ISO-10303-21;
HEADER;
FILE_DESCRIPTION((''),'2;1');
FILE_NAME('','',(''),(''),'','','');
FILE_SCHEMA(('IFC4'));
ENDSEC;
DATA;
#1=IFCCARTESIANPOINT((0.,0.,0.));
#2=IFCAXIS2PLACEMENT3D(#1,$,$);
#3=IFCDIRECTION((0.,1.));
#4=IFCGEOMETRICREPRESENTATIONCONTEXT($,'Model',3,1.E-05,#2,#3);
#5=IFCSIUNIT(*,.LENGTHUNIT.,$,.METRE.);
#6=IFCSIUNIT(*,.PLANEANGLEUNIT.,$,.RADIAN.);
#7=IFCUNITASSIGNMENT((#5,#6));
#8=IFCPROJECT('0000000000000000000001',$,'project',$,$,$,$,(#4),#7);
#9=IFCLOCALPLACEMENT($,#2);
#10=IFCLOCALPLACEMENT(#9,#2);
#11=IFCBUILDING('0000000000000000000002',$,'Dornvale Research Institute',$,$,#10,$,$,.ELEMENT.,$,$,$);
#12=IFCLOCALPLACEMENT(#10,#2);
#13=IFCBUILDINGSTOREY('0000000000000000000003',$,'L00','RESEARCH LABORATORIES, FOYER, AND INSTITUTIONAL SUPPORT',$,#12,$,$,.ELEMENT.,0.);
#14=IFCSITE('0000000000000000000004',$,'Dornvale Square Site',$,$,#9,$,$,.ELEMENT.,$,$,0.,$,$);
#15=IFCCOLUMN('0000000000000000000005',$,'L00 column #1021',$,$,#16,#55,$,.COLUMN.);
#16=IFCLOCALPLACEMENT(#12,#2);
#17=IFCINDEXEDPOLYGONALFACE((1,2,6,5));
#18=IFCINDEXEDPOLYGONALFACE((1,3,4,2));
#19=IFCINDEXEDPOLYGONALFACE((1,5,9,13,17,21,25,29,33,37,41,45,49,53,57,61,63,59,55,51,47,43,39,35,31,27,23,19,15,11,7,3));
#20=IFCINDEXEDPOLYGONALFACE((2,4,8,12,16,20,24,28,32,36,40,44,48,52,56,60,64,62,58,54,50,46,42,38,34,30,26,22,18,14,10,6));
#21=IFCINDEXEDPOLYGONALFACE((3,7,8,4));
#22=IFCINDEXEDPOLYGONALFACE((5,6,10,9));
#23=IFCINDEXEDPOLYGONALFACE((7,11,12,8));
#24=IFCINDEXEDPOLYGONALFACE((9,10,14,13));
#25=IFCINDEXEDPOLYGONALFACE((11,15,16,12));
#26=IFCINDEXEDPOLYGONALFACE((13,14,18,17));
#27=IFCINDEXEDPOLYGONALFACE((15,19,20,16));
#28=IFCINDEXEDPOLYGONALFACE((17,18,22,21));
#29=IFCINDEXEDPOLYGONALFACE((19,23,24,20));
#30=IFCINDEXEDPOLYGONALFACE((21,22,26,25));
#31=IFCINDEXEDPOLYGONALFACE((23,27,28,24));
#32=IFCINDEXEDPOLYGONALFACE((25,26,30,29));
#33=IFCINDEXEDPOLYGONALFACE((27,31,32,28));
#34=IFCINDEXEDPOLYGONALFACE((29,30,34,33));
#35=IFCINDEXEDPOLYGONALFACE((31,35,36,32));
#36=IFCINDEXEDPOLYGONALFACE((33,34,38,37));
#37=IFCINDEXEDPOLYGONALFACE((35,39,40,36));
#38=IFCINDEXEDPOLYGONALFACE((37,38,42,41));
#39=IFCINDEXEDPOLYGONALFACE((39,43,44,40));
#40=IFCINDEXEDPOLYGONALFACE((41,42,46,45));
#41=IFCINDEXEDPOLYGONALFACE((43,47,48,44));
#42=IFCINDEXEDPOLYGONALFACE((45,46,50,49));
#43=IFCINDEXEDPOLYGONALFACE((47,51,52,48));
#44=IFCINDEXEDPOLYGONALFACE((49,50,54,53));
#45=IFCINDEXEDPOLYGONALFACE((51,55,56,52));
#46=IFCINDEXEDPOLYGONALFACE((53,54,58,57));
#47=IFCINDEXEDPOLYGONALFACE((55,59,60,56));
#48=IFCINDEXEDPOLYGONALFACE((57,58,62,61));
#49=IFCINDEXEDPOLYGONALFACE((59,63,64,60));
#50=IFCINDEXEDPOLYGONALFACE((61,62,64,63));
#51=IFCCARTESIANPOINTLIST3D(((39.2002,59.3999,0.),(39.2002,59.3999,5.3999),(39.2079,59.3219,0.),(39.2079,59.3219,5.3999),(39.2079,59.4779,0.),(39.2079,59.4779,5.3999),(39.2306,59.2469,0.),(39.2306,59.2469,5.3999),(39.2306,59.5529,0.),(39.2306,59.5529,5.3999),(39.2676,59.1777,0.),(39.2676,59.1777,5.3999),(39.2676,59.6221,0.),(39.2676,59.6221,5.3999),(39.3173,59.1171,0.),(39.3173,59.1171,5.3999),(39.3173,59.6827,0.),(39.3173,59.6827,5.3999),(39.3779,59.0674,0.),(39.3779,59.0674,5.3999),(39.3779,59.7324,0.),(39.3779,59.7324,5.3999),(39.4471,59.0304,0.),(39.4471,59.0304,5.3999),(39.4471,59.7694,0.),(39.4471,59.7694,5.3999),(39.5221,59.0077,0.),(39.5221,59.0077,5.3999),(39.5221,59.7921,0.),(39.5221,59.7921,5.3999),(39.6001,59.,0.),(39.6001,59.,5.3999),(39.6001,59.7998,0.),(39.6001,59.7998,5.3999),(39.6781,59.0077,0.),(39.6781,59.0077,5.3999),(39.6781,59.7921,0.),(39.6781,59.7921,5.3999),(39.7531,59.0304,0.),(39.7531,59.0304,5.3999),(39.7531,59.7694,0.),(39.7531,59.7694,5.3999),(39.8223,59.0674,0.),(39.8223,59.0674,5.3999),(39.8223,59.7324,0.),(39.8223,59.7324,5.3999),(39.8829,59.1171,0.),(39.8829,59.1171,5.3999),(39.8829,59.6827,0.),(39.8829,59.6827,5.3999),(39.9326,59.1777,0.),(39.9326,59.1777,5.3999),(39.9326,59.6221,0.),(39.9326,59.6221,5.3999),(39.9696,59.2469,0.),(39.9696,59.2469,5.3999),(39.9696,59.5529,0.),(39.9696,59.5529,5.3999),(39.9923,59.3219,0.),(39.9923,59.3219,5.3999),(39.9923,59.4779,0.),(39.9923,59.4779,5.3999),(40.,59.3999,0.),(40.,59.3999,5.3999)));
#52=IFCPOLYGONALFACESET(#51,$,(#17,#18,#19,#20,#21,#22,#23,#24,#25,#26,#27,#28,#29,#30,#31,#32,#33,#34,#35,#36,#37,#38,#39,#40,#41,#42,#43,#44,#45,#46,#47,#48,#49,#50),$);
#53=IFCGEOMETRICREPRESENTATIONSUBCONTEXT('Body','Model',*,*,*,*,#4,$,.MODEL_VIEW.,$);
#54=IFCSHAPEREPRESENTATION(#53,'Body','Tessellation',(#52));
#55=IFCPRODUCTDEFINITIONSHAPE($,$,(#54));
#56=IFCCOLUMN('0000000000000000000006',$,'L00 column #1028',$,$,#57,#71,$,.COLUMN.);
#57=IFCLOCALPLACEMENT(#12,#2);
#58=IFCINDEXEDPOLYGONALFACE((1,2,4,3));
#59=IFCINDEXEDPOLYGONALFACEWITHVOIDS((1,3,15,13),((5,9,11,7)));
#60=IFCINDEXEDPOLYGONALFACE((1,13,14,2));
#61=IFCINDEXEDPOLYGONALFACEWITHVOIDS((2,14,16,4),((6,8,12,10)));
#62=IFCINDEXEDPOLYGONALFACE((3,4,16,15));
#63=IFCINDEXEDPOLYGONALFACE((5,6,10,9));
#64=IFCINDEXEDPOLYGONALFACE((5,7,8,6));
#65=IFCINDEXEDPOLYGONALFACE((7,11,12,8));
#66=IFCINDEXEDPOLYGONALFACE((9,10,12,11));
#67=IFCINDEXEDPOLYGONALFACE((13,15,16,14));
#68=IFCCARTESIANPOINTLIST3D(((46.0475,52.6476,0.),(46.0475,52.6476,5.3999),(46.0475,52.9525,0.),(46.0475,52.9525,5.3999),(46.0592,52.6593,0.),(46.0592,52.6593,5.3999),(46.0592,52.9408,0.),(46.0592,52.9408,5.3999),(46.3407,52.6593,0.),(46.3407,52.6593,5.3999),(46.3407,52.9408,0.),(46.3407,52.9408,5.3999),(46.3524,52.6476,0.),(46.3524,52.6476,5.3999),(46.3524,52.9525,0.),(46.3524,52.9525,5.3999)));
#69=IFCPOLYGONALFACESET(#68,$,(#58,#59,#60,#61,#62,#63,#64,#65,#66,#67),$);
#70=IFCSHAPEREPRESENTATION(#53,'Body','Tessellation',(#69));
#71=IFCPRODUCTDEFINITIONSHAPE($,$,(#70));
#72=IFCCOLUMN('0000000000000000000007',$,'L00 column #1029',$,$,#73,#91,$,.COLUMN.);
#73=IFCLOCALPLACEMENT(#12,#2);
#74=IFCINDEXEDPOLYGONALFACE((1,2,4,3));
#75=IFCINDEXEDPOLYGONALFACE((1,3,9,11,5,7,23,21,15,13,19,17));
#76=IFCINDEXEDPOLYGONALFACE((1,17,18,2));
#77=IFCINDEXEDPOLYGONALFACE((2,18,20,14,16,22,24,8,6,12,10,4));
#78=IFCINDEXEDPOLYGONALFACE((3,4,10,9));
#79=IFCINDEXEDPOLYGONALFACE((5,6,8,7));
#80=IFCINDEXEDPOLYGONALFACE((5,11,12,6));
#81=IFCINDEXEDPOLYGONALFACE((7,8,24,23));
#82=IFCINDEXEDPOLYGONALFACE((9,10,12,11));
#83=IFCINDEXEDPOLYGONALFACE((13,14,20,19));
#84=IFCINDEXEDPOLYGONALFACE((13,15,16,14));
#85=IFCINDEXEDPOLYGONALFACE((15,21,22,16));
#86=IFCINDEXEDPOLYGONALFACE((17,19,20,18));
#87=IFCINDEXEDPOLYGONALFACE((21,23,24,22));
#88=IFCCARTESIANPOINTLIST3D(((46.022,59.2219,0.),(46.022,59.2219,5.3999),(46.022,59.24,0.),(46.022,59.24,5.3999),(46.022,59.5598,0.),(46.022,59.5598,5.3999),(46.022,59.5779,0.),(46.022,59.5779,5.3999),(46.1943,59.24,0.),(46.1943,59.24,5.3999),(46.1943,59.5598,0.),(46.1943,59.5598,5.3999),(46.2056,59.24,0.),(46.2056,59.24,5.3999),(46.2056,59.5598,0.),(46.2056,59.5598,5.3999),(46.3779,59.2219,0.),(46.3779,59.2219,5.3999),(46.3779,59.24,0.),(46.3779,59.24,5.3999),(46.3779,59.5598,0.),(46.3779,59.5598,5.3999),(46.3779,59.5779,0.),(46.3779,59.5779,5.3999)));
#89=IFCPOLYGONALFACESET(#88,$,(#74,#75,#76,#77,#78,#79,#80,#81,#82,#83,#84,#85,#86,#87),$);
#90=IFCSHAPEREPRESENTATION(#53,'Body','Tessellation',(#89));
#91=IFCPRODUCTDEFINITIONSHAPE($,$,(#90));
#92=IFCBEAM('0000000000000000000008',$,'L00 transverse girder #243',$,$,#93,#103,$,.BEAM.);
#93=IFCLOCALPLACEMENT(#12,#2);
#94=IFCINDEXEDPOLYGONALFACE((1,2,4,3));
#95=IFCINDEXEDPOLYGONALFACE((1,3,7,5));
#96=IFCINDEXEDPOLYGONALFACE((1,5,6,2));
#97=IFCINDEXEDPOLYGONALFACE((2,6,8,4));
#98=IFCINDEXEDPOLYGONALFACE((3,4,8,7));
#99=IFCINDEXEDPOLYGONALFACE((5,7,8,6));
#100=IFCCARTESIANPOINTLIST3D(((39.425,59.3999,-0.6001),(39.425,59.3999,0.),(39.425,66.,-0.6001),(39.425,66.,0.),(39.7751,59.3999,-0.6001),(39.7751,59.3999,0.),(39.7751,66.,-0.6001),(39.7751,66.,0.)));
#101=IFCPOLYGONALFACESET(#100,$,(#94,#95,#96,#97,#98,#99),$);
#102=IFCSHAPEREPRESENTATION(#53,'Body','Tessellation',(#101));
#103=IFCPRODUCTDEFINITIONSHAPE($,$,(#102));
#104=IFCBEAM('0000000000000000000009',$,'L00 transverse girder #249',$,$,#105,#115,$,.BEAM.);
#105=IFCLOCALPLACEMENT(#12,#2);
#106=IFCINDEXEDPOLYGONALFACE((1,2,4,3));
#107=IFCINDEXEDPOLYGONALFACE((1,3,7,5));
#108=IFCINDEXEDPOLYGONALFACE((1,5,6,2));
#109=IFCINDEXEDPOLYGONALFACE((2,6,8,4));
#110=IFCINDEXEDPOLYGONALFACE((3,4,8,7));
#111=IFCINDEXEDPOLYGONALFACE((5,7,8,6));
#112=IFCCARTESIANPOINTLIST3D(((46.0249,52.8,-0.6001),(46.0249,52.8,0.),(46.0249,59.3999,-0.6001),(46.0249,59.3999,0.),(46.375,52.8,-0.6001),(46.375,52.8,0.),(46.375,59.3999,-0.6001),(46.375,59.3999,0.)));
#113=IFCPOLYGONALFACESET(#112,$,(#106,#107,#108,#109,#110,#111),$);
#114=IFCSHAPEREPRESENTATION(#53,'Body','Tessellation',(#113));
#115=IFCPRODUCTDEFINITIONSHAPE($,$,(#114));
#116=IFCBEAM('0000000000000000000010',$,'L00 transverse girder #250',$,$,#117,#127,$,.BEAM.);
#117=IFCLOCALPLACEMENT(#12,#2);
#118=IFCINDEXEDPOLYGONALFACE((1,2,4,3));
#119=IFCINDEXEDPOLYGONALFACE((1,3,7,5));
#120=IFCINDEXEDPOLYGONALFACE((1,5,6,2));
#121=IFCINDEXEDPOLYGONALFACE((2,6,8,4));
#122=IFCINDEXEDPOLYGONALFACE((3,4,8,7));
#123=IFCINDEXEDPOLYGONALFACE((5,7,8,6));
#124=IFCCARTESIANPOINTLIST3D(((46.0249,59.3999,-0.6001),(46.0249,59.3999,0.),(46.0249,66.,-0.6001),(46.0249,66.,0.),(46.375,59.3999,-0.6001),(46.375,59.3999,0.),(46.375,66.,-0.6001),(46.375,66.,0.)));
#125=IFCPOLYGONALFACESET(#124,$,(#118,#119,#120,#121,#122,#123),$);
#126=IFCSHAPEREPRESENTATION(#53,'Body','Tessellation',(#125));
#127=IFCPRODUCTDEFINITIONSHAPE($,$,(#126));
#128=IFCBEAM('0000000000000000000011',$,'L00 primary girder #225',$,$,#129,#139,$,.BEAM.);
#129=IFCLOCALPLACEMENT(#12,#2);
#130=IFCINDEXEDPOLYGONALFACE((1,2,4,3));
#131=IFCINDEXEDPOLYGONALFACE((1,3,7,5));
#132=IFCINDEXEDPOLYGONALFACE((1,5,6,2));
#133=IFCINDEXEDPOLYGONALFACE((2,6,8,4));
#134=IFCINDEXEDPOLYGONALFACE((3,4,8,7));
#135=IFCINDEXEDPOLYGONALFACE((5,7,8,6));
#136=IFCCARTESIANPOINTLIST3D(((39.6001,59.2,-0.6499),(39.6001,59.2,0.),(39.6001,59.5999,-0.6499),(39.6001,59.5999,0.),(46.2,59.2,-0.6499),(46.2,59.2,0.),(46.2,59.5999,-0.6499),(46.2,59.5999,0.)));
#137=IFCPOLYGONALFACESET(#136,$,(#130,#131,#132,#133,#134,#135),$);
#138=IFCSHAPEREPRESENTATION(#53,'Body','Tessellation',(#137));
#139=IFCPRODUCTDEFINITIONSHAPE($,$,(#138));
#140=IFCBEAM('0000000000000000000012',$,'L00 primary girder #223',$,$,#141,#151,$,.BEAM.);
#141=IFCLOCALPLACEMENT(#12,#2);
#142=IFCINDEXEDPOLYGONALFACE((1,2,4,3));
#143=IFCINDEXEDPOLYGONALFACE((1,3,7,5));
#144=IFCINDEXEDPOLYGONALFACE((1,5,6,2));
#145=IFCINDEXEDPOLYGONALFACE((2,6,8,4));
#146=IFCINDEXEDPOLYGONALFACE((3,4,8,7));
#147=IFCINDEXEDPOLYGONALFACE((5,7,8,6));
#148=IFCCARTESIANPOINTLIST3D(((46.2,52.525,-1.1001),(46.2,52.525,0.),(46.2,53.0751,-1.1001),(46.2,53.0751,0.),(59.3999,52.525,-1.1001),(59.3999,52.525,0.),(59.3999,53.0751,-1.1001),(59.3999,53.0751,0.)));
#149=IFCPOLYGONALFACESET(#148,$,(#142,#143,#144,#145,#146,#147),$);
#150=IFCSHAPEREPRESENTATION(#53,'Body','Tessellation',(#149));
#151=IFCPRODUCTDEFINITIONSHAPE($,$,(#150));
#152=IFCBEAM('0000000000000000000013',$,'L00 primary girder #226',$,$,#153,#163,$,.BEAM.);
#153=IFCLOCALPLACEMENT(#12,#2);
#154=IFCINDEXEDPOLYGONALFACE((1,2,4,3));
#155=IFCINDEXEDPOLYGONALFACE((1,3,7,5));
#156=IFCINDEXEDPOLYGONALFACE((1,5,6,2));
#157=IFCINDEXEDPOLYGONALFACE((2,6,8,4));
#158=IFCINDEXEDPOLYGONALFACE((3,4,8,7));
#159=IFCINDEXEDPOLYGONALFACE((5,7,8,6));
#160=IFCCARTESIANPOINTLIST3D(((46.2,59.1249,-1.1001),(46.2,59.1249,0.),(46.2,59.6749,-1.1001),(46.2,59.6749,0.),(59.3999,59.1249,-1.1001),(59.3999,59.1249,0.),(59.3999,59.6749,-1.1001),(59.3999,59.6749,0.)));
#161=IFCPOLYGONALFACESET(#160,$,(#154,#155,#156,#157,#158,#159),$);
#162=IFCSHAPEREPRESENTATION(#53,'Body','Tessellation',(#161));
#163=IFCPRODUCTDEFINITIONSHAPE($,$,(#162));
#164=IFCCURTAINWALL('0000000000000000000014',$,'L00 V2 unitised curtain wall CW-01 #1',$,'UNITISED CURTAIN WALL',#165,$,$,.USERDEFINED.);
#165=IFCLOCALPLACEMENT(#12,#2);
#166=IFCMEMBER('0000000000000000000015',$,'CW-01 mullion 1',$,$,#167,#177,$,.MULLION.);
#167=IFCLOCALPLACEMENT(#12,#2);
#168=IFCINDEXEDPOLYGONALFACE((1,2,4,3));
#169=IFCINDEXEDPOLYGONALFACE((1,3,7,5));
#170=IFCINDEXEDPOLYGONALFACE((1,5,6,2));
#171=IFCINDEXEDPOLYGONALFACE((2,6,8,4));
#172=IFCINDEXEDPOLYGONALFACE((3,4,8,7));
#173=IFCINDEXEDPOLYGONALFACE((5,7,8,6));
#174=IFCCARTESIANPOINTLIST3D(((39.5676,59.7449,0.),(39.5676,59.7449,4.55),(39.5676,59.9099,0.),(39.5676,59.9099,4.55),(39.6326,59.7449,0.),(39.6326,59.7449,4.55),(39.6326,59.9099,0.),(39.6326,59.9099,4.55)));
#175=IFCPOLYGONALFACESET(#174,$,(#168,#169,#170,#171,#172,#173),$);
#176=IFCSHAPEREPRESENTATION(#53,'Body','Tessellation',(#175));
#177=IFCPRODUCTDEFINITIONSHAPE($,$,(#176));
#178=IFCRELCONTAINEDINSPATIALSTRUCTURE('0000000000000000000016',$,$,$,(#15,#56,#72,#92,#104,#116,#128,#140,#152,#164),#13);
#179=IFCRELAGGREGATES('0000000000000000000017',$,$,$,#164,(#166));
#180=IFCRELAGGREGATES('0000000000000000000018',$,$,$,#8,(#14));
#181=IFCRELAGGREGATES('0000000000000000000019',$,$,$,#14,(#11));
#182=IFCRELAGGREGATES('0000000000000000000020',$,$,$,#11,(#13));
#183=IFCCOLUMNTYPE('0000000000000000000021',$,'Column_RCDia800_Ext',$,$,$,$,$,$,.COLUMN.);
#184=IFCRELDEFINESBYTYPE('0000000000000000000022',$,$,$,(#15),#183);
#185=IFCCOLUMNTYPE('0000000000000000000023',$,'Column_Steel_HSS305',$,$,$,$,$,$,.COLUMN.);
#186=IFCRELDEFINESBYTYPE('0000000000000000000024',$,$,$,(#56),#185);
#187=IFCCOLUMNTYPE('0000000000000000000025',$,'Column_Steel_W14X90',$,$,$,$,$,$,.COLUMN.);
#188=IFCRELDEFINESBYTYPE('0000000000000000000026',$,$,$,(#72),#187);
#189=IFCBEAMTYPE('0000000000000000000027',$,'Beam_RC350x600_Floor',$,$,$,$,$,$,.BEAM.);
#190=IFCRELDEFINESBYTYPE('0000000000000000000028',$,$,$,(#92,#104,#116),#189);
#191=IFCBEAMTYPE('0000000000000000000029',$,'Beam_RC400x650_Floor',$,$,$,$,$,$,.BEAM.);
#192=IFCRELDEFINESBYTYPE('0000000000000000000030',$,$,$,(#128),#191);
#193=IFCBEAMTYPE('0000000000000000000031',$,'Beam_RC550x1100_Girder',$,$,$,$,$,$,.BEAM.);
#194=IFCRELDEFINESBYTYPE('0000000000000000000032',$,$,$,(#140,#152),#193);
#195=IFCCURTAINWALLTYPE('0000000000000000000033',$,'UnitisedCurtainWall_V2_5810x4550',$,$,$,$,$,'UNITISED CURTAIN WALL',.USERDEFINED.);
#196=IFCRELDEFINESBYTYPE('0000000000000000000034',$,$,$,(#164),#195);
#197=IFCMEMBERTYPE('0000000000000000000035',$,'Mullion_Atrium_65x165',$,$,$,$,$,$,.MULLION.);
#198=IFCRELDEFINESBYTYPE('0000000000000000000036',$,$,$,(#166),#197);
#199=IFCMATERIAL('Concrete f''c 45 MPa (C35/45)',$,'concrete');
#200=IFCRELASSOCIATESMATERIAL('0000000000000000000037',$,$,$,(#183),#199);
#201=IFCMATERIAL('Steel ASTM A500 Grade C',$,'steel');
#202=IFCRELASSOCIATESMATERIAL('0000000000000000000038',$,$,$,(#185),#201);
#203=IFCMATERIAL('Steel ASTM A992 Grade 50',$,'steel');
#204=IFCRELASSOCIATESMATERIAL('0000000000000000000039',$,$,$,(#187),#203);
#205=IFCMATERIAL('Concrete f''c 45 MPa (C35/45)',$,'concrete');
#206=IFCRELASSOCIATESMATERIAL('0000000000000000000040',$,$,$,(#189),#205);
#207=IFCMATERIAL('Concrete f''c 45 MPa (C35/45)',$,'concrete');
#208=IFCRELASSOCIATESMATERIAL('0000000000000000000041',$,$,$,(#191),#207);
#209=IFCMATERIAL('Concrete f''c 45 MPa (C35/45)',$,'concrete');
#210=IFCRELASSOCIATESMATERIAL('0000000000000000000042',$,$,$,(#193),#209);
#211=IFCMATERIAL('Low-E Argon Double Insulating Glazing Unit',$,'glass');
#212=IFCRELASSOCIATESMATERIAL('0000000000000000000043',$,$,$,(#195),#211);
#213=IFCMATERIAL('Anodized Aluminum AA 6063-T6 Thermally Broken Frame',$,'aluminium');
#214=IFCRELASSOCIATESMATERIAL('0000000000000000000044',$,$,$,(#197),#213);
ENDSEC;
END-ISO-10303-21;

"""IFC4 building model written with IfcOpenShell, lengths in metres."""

from ifc_helpers import new_model, si_unit, direction, frame, origin, origin_2d, place, context, subcontext, project, spatial, rectangle, hollow_rectangle, circle, i_section, extrude, material, material_profile, profile_set, type_object, element, aggregate, save


model = new_model("IFC4")

# Units and contexts
model_context = context("Model", 3, precision=1e-05, world=origin(), true_north=direction((0.0, 1.0)))
body_context = subcontext(model_context, "Body", "Model", "MODEL_VIEW")
ifc_project = project(units=[si_unit("LENGTHUNIT", "METRE"), si_unit("PLANEANGLEUNIT", "RADIAN")], contexts=[model_context])

# Site, building, storey
site_placement = place(None, origin())
site = spatial("IfcSite", under=ifc_project, at=site_placement, Name="Dornvale Square Site", CompositionType="ELEMENT", RefElevation=0.0)
building_placement = place(site_placement, origin())
building = spatial("IfcBuilding", under=site, at=building_placement, Name="Dornvale Research Institute", CompositionType="ELEMENT")
storey_placement = place(building_placement, origin())
storey = spatial("IfcBuildingStorey", under=building, at=storey_placement, Name="L00", Description="RESEARCH LABORATORIES, FOYER, AND INSTITUTIONAL SUPPORT", CompositionType="ELEMENT", Elevation=0.0)

# Columns
ifc_material_1 = material(Name="Concrete f'c 45 MPa (C35/45)", Category="concrete")
ifc_material_profile_1 = material_profile(ifc_material_1, circle(Radius=0.3999, at=origin_2d()), Name="RC DIA 800")
ifc_profile_set_1 = profile_set([ifc_material_profile_1], Name="Concrete f'c 45 MPa (C35/45)")
column_type_1 = type_object("IfcColumnType", Name="Column_RCDia800_Ext", PredefinedType="COLUMN", material=ifc_profile_set_1)
column_1_placement = place(storey_placement, frame((39.6001, 59.3999, 0.0), z_axis=(0.0, 0.0, 1.0), x_axis=(1.0, 0.0, 0.0)))
element("IfcColumn", 1, at=column_1_placement, inside=storey, type_object=column_type_1, Name="L00 column #1021", PredefinedType="COLUMN", context=body_context, shape_type="SweptSolid", body=[
    extrude(circle(Radius=0.3999, at=origin_2d()), origin(), (0.0, 0.0, 1.0), 5.3999),
])
ifc_material_2 = material(Name="Steel ASTM A500 Grade C", Category="steel")
ifc_material_profile_2 = material_profile(ifc_material_2, hollow_rectangle(XDim=0.3049, YDim=0.3049, WallThickness=0.0117, at=origin_2d()), Name="HSS305X305X12.7")
ifc_profile_set_2 = profile_set([ifc_material_profile_2], Name="Steel ASTM A500 Grade C")
column_type_2 = type_object("IfcColumnType", Name="Column_Steel_HSS305", PredefinedType="COLUMN", material=ifc_profile_set_2)
column_2_placement = place(storey_placement, frame((46.2, 52.8, 0.0), z_axis=(0.0, 0.0, 1.0), x_axis=(1.0, 0.0, 0.0)))
element("IfcColumn", 2, at=column_2_placement, inside=storey, type_object=column_type_2, Name="L00 column #1028", PredefinedType="COLUMN", context=body_context, shape_type="SweptSolid", body=[
    extrude(hollow_rectangle(XDim=0.3049, YDim=0.3049, WallThickness=0.0117, at=origin_2d()), origin(), (0.0, 0.0, 1.0), 5.3999),
])
ifc_material_3 = material(Name="Steel ASTM A992 Grade 50", Category="steel")
ifc_material_profile_3 = material_profile(ifc_material_3, i_section(OverallWidth=0.356, OverallDepth=0.356, WebThickness=0.0112, FlangeThickness=0.0181, at=origin_2d()), Name="W14X90")
ifc_profile_set_3 = profile_set([ifc_material_profile_3], Name="Steel ASTM A992 Grade 50")
column_type_3 = type_object("IfcColumnType", Name="Column_Steel_W14X90", PredefinedType="COLUMN", material=ifc_profile_set_3)
column_3_placement = place(storey_placement, frame((46.2, 59.3999, 0.0), z_axis=(0.0, 0.0, 1.0), x_axis=(1.0, 0.0, 0.0)))
element("IfcColumn", 3, at=column_3_placement, inside=storey, type_object=column_type_3, Name="L00 column #1029", PredefinedType="COLUMN", context=body_context, shape_type="SweptSolid", body=[
    extrude(i_section(OverallWidth=0.356, OverallDepth=0.356, WebThickness=0.0112, FlangeThickness=0.0181, at=origin_2d()), origin(), (0.0, 0.0, 1.0), 5.3999),
])

# Beams
ifc_material_4 = material(Name="Concrete f'c 45 MPa (C35/45)", Category="concrete")
ifc_material_profile_4 = material_profile(ifc_material_4, rectangle(XDim=0.3501, YDim=0.6001, at=origin_2d()), Name="RC 350x600")
ifc_profile_set_4 = profile_set([ifc_material_profile_4], Name="Concrete f'c 45 MPa (C35/45)")
beam_type_1 = type_object("IfcBeamType", Name="Beam_RC350x600_Floor", PredefinedType="BEAM", material=ifc_profile_set_4)
beam_1_placement = place(storey_placement, frame((39.6001, 59.3999, -0.3), z_axis=(0.0, 1.0, 0.0), x_axis=(-1.0, 0.0, 0.0)))
element("IfcBeam", 4, at=beam_1_placement, inside=storey, type_object=beam_type_1, Name="L00 transverse girder #243", PredefinedType="BEAM", context=body_context, shape_type="SweptSolid", body=[
    extrude(rectangle(XDim=0.3501, YDim=0.6001, at=origin_2d()), origin(), (0.0, 0.0, 1.0), 6.6001),
])
beam_2_placement = place(storey_placement, frame((46.2, 52.8, -0.3), z_axis=(0.0, 1.0, 0.0), x_axis=(-1.0, 0.0, 0.0)))
element("IfcBeam", 5, at=beam_2_placement, inside=storey, type_object=beam_type_1, Name="L00 transverse girder #249", PredefinedType="BEAM", context=body_context, shape_type="SweptSolid", body=[
    extrude(rectangle(XDim=0.3501, YDim=0.6001, at=origin_2d()), origin(), (0.0, 0.0, 1.0), 6.5999),
])
beam_3_placement = place(storey_placement, frame((46.2, 59.3999, -0.3), z_axis=(0.0, 1.0, 0.0), x_axis=(-1.0, 0.0, 0.0)))
element("IfcBeam", 6, at=beam_3_placement, inside=storey, type_object=beam_type_1, Name="L00 transverse girder #250", PredefinedType="BEAM", context=body_context, shape_type="SweptSolid", body=[
    extrude(rectangle(XDim=0.3501, YDim=0.6001, at=origin_2d()), origin(), (0.0, 0.0, 1.0), 6.6001),
])
ifc_material_5 = material(Name="Concrete f'c 45 MPa (C35/45)", Category="concrete")
ifc_material_profile_5 = material_profile(ifc_material_5, rectangle(XDim=0.3999, YDim=0.6499, at=origin_2d()), Name="RC 400x650")
ifc_profile_set_5 = profile_set([ifc_material_profile_5], Name="Concrete f'c 45 MPa (C35/45)")
beam_type_2 = type_object("IfcBeamType", Name="Beam_RC400x650_Floor", PredefinedType="BEAM", material=ifc_profile_set_5)
beam_4_placement = place(storey_placement, frame((39.6001, 59.3999, -0.325), z_axis=(1.0, 0.0, 0.0), x_axis=(0.0, 1.0, 0.0)))
element("IfcBeam", 7, at=beam_4_placement, inside=storey, type_object=beam_type_2, Name="L00 primary girder #225", PredefinedType="BEAM", context=body_context, shape_type="SweptSolid", body=[
    extrude(rectangle(XDim=0.3999, YDim=0.6499, at=origin_2d()), origin(), (0.0, 0.0, 1.0), 6.5999),
])
ifc_material_6 = material(Name="Concrete f'c 45 MPa (C35/45)", Category="concrete")
ifc_material_profile_6 = material_profile(ifc_material_6, rectangle(XDim=0.55, YDim=1.1001, at=origin_2d()), Name="RC 550x1100")
ifc_profile_set_6 = profile_set([ifc_material_profile_6], Name="Concrete f'c 45 MPa (C35/45)")
beam_type_3 = type_object("IfcBeamType", Name="Beam_RC550x1100_Girder", PredefinedType="BEAM", material=ifc_profile_set_6)
for number, where, z_axis, x_axis, name in (
    (8, (46.2, 52.8, -0.55), (1.0, 0.0, 0.0), (0.0, 1.0, 0.0), "L00 primary girder #223"),
    (9, (46.2, 59.3999, -0.55), (1.0, 0.0, 0.0), (0.0, 1.0, 0.0), "L00 primary girder #226"),
):
    element("IfcBeam", number, at=place(storey_placement, frame(where, z_axis=z_axis, x_axis=x_axis)), inside=storey, type_object=beam_type_3, Name=name, PredefinedType="BEAM", context=body_context, shape_type="SweptSolid", body=[
        extrude(rectangle(XDim=0.55, YDim=1.1001, at=origin_2d()), origin(), (0.0, 0.0, 1.0), 13.2),
    ])

# Curtain wall, member
ifc_material_7 = material(Name="Low-E Argon Double Insulating Glazing Unit", Category="glass")
curtain_wall_type = type_object("IfcCurtainWallType", Name="UnitisedCurtainWall_V2_5810x4550", ElementType="UNITISED CURTAIN WALL", PredefinedType="USERDEFINED", material=ifc_material_7)
curtain_wall_placement = place(storey_placement, origin())
curtain_wall = element("IfcCurtainWall", 10, at=curtain_wall_placement, inside=storey, type_object=curtain_wall_type, Name="L00 V2 unitised curtain wall CW-01 #1", ObjectType="UNITISED CURTAIN WALL", PredefinedType="USERDEFINED")
ifc_material_8 = material(Name="Anodized Aluminum AA 6063-T6 Thermally Broken Frame", Category="aluminium")
ifc_material_profile_7 = material_profile(ifc_material_8, rectangle(XDim=0.0649, YDim=0.165, at=origin_2d()), Name="ALU MULLION 65x165")
ifc_profile_set_7 = profile_set([ifc_material_profile_7], Name="Anodized Aluminum AA 6063-T6 Thermally Broken Frame")
member_type_1 = type_object("IfcMemberType", Name="Mullion_Atrium_65x165", PredefinedType="MULLION", material=ifc_profile_set_7)
member_1_placement = place(storey_placement, frame((39.6001, 59.8274, 0.0), z_axis=(0.0, 0.0, 1.0), x_axis=(-1.0, 0.0, 0.0)))
member_1 = element("IfcMember", 11, at=member_1_placement, type_object=member_type_1, Name="CW-01 mullion 1", PredefinedType="MULLION", context=body_context, shape_type="SweptSolid", body=[
    extrude(rectangle(XDim=0.0649, YDim=0.165, at=origin_2d()), origin(), (0.0, 0.0, 1.0), 4.55),
])
aggregate(curtain_wall, [member_1])

save(model, "model.ifc")
